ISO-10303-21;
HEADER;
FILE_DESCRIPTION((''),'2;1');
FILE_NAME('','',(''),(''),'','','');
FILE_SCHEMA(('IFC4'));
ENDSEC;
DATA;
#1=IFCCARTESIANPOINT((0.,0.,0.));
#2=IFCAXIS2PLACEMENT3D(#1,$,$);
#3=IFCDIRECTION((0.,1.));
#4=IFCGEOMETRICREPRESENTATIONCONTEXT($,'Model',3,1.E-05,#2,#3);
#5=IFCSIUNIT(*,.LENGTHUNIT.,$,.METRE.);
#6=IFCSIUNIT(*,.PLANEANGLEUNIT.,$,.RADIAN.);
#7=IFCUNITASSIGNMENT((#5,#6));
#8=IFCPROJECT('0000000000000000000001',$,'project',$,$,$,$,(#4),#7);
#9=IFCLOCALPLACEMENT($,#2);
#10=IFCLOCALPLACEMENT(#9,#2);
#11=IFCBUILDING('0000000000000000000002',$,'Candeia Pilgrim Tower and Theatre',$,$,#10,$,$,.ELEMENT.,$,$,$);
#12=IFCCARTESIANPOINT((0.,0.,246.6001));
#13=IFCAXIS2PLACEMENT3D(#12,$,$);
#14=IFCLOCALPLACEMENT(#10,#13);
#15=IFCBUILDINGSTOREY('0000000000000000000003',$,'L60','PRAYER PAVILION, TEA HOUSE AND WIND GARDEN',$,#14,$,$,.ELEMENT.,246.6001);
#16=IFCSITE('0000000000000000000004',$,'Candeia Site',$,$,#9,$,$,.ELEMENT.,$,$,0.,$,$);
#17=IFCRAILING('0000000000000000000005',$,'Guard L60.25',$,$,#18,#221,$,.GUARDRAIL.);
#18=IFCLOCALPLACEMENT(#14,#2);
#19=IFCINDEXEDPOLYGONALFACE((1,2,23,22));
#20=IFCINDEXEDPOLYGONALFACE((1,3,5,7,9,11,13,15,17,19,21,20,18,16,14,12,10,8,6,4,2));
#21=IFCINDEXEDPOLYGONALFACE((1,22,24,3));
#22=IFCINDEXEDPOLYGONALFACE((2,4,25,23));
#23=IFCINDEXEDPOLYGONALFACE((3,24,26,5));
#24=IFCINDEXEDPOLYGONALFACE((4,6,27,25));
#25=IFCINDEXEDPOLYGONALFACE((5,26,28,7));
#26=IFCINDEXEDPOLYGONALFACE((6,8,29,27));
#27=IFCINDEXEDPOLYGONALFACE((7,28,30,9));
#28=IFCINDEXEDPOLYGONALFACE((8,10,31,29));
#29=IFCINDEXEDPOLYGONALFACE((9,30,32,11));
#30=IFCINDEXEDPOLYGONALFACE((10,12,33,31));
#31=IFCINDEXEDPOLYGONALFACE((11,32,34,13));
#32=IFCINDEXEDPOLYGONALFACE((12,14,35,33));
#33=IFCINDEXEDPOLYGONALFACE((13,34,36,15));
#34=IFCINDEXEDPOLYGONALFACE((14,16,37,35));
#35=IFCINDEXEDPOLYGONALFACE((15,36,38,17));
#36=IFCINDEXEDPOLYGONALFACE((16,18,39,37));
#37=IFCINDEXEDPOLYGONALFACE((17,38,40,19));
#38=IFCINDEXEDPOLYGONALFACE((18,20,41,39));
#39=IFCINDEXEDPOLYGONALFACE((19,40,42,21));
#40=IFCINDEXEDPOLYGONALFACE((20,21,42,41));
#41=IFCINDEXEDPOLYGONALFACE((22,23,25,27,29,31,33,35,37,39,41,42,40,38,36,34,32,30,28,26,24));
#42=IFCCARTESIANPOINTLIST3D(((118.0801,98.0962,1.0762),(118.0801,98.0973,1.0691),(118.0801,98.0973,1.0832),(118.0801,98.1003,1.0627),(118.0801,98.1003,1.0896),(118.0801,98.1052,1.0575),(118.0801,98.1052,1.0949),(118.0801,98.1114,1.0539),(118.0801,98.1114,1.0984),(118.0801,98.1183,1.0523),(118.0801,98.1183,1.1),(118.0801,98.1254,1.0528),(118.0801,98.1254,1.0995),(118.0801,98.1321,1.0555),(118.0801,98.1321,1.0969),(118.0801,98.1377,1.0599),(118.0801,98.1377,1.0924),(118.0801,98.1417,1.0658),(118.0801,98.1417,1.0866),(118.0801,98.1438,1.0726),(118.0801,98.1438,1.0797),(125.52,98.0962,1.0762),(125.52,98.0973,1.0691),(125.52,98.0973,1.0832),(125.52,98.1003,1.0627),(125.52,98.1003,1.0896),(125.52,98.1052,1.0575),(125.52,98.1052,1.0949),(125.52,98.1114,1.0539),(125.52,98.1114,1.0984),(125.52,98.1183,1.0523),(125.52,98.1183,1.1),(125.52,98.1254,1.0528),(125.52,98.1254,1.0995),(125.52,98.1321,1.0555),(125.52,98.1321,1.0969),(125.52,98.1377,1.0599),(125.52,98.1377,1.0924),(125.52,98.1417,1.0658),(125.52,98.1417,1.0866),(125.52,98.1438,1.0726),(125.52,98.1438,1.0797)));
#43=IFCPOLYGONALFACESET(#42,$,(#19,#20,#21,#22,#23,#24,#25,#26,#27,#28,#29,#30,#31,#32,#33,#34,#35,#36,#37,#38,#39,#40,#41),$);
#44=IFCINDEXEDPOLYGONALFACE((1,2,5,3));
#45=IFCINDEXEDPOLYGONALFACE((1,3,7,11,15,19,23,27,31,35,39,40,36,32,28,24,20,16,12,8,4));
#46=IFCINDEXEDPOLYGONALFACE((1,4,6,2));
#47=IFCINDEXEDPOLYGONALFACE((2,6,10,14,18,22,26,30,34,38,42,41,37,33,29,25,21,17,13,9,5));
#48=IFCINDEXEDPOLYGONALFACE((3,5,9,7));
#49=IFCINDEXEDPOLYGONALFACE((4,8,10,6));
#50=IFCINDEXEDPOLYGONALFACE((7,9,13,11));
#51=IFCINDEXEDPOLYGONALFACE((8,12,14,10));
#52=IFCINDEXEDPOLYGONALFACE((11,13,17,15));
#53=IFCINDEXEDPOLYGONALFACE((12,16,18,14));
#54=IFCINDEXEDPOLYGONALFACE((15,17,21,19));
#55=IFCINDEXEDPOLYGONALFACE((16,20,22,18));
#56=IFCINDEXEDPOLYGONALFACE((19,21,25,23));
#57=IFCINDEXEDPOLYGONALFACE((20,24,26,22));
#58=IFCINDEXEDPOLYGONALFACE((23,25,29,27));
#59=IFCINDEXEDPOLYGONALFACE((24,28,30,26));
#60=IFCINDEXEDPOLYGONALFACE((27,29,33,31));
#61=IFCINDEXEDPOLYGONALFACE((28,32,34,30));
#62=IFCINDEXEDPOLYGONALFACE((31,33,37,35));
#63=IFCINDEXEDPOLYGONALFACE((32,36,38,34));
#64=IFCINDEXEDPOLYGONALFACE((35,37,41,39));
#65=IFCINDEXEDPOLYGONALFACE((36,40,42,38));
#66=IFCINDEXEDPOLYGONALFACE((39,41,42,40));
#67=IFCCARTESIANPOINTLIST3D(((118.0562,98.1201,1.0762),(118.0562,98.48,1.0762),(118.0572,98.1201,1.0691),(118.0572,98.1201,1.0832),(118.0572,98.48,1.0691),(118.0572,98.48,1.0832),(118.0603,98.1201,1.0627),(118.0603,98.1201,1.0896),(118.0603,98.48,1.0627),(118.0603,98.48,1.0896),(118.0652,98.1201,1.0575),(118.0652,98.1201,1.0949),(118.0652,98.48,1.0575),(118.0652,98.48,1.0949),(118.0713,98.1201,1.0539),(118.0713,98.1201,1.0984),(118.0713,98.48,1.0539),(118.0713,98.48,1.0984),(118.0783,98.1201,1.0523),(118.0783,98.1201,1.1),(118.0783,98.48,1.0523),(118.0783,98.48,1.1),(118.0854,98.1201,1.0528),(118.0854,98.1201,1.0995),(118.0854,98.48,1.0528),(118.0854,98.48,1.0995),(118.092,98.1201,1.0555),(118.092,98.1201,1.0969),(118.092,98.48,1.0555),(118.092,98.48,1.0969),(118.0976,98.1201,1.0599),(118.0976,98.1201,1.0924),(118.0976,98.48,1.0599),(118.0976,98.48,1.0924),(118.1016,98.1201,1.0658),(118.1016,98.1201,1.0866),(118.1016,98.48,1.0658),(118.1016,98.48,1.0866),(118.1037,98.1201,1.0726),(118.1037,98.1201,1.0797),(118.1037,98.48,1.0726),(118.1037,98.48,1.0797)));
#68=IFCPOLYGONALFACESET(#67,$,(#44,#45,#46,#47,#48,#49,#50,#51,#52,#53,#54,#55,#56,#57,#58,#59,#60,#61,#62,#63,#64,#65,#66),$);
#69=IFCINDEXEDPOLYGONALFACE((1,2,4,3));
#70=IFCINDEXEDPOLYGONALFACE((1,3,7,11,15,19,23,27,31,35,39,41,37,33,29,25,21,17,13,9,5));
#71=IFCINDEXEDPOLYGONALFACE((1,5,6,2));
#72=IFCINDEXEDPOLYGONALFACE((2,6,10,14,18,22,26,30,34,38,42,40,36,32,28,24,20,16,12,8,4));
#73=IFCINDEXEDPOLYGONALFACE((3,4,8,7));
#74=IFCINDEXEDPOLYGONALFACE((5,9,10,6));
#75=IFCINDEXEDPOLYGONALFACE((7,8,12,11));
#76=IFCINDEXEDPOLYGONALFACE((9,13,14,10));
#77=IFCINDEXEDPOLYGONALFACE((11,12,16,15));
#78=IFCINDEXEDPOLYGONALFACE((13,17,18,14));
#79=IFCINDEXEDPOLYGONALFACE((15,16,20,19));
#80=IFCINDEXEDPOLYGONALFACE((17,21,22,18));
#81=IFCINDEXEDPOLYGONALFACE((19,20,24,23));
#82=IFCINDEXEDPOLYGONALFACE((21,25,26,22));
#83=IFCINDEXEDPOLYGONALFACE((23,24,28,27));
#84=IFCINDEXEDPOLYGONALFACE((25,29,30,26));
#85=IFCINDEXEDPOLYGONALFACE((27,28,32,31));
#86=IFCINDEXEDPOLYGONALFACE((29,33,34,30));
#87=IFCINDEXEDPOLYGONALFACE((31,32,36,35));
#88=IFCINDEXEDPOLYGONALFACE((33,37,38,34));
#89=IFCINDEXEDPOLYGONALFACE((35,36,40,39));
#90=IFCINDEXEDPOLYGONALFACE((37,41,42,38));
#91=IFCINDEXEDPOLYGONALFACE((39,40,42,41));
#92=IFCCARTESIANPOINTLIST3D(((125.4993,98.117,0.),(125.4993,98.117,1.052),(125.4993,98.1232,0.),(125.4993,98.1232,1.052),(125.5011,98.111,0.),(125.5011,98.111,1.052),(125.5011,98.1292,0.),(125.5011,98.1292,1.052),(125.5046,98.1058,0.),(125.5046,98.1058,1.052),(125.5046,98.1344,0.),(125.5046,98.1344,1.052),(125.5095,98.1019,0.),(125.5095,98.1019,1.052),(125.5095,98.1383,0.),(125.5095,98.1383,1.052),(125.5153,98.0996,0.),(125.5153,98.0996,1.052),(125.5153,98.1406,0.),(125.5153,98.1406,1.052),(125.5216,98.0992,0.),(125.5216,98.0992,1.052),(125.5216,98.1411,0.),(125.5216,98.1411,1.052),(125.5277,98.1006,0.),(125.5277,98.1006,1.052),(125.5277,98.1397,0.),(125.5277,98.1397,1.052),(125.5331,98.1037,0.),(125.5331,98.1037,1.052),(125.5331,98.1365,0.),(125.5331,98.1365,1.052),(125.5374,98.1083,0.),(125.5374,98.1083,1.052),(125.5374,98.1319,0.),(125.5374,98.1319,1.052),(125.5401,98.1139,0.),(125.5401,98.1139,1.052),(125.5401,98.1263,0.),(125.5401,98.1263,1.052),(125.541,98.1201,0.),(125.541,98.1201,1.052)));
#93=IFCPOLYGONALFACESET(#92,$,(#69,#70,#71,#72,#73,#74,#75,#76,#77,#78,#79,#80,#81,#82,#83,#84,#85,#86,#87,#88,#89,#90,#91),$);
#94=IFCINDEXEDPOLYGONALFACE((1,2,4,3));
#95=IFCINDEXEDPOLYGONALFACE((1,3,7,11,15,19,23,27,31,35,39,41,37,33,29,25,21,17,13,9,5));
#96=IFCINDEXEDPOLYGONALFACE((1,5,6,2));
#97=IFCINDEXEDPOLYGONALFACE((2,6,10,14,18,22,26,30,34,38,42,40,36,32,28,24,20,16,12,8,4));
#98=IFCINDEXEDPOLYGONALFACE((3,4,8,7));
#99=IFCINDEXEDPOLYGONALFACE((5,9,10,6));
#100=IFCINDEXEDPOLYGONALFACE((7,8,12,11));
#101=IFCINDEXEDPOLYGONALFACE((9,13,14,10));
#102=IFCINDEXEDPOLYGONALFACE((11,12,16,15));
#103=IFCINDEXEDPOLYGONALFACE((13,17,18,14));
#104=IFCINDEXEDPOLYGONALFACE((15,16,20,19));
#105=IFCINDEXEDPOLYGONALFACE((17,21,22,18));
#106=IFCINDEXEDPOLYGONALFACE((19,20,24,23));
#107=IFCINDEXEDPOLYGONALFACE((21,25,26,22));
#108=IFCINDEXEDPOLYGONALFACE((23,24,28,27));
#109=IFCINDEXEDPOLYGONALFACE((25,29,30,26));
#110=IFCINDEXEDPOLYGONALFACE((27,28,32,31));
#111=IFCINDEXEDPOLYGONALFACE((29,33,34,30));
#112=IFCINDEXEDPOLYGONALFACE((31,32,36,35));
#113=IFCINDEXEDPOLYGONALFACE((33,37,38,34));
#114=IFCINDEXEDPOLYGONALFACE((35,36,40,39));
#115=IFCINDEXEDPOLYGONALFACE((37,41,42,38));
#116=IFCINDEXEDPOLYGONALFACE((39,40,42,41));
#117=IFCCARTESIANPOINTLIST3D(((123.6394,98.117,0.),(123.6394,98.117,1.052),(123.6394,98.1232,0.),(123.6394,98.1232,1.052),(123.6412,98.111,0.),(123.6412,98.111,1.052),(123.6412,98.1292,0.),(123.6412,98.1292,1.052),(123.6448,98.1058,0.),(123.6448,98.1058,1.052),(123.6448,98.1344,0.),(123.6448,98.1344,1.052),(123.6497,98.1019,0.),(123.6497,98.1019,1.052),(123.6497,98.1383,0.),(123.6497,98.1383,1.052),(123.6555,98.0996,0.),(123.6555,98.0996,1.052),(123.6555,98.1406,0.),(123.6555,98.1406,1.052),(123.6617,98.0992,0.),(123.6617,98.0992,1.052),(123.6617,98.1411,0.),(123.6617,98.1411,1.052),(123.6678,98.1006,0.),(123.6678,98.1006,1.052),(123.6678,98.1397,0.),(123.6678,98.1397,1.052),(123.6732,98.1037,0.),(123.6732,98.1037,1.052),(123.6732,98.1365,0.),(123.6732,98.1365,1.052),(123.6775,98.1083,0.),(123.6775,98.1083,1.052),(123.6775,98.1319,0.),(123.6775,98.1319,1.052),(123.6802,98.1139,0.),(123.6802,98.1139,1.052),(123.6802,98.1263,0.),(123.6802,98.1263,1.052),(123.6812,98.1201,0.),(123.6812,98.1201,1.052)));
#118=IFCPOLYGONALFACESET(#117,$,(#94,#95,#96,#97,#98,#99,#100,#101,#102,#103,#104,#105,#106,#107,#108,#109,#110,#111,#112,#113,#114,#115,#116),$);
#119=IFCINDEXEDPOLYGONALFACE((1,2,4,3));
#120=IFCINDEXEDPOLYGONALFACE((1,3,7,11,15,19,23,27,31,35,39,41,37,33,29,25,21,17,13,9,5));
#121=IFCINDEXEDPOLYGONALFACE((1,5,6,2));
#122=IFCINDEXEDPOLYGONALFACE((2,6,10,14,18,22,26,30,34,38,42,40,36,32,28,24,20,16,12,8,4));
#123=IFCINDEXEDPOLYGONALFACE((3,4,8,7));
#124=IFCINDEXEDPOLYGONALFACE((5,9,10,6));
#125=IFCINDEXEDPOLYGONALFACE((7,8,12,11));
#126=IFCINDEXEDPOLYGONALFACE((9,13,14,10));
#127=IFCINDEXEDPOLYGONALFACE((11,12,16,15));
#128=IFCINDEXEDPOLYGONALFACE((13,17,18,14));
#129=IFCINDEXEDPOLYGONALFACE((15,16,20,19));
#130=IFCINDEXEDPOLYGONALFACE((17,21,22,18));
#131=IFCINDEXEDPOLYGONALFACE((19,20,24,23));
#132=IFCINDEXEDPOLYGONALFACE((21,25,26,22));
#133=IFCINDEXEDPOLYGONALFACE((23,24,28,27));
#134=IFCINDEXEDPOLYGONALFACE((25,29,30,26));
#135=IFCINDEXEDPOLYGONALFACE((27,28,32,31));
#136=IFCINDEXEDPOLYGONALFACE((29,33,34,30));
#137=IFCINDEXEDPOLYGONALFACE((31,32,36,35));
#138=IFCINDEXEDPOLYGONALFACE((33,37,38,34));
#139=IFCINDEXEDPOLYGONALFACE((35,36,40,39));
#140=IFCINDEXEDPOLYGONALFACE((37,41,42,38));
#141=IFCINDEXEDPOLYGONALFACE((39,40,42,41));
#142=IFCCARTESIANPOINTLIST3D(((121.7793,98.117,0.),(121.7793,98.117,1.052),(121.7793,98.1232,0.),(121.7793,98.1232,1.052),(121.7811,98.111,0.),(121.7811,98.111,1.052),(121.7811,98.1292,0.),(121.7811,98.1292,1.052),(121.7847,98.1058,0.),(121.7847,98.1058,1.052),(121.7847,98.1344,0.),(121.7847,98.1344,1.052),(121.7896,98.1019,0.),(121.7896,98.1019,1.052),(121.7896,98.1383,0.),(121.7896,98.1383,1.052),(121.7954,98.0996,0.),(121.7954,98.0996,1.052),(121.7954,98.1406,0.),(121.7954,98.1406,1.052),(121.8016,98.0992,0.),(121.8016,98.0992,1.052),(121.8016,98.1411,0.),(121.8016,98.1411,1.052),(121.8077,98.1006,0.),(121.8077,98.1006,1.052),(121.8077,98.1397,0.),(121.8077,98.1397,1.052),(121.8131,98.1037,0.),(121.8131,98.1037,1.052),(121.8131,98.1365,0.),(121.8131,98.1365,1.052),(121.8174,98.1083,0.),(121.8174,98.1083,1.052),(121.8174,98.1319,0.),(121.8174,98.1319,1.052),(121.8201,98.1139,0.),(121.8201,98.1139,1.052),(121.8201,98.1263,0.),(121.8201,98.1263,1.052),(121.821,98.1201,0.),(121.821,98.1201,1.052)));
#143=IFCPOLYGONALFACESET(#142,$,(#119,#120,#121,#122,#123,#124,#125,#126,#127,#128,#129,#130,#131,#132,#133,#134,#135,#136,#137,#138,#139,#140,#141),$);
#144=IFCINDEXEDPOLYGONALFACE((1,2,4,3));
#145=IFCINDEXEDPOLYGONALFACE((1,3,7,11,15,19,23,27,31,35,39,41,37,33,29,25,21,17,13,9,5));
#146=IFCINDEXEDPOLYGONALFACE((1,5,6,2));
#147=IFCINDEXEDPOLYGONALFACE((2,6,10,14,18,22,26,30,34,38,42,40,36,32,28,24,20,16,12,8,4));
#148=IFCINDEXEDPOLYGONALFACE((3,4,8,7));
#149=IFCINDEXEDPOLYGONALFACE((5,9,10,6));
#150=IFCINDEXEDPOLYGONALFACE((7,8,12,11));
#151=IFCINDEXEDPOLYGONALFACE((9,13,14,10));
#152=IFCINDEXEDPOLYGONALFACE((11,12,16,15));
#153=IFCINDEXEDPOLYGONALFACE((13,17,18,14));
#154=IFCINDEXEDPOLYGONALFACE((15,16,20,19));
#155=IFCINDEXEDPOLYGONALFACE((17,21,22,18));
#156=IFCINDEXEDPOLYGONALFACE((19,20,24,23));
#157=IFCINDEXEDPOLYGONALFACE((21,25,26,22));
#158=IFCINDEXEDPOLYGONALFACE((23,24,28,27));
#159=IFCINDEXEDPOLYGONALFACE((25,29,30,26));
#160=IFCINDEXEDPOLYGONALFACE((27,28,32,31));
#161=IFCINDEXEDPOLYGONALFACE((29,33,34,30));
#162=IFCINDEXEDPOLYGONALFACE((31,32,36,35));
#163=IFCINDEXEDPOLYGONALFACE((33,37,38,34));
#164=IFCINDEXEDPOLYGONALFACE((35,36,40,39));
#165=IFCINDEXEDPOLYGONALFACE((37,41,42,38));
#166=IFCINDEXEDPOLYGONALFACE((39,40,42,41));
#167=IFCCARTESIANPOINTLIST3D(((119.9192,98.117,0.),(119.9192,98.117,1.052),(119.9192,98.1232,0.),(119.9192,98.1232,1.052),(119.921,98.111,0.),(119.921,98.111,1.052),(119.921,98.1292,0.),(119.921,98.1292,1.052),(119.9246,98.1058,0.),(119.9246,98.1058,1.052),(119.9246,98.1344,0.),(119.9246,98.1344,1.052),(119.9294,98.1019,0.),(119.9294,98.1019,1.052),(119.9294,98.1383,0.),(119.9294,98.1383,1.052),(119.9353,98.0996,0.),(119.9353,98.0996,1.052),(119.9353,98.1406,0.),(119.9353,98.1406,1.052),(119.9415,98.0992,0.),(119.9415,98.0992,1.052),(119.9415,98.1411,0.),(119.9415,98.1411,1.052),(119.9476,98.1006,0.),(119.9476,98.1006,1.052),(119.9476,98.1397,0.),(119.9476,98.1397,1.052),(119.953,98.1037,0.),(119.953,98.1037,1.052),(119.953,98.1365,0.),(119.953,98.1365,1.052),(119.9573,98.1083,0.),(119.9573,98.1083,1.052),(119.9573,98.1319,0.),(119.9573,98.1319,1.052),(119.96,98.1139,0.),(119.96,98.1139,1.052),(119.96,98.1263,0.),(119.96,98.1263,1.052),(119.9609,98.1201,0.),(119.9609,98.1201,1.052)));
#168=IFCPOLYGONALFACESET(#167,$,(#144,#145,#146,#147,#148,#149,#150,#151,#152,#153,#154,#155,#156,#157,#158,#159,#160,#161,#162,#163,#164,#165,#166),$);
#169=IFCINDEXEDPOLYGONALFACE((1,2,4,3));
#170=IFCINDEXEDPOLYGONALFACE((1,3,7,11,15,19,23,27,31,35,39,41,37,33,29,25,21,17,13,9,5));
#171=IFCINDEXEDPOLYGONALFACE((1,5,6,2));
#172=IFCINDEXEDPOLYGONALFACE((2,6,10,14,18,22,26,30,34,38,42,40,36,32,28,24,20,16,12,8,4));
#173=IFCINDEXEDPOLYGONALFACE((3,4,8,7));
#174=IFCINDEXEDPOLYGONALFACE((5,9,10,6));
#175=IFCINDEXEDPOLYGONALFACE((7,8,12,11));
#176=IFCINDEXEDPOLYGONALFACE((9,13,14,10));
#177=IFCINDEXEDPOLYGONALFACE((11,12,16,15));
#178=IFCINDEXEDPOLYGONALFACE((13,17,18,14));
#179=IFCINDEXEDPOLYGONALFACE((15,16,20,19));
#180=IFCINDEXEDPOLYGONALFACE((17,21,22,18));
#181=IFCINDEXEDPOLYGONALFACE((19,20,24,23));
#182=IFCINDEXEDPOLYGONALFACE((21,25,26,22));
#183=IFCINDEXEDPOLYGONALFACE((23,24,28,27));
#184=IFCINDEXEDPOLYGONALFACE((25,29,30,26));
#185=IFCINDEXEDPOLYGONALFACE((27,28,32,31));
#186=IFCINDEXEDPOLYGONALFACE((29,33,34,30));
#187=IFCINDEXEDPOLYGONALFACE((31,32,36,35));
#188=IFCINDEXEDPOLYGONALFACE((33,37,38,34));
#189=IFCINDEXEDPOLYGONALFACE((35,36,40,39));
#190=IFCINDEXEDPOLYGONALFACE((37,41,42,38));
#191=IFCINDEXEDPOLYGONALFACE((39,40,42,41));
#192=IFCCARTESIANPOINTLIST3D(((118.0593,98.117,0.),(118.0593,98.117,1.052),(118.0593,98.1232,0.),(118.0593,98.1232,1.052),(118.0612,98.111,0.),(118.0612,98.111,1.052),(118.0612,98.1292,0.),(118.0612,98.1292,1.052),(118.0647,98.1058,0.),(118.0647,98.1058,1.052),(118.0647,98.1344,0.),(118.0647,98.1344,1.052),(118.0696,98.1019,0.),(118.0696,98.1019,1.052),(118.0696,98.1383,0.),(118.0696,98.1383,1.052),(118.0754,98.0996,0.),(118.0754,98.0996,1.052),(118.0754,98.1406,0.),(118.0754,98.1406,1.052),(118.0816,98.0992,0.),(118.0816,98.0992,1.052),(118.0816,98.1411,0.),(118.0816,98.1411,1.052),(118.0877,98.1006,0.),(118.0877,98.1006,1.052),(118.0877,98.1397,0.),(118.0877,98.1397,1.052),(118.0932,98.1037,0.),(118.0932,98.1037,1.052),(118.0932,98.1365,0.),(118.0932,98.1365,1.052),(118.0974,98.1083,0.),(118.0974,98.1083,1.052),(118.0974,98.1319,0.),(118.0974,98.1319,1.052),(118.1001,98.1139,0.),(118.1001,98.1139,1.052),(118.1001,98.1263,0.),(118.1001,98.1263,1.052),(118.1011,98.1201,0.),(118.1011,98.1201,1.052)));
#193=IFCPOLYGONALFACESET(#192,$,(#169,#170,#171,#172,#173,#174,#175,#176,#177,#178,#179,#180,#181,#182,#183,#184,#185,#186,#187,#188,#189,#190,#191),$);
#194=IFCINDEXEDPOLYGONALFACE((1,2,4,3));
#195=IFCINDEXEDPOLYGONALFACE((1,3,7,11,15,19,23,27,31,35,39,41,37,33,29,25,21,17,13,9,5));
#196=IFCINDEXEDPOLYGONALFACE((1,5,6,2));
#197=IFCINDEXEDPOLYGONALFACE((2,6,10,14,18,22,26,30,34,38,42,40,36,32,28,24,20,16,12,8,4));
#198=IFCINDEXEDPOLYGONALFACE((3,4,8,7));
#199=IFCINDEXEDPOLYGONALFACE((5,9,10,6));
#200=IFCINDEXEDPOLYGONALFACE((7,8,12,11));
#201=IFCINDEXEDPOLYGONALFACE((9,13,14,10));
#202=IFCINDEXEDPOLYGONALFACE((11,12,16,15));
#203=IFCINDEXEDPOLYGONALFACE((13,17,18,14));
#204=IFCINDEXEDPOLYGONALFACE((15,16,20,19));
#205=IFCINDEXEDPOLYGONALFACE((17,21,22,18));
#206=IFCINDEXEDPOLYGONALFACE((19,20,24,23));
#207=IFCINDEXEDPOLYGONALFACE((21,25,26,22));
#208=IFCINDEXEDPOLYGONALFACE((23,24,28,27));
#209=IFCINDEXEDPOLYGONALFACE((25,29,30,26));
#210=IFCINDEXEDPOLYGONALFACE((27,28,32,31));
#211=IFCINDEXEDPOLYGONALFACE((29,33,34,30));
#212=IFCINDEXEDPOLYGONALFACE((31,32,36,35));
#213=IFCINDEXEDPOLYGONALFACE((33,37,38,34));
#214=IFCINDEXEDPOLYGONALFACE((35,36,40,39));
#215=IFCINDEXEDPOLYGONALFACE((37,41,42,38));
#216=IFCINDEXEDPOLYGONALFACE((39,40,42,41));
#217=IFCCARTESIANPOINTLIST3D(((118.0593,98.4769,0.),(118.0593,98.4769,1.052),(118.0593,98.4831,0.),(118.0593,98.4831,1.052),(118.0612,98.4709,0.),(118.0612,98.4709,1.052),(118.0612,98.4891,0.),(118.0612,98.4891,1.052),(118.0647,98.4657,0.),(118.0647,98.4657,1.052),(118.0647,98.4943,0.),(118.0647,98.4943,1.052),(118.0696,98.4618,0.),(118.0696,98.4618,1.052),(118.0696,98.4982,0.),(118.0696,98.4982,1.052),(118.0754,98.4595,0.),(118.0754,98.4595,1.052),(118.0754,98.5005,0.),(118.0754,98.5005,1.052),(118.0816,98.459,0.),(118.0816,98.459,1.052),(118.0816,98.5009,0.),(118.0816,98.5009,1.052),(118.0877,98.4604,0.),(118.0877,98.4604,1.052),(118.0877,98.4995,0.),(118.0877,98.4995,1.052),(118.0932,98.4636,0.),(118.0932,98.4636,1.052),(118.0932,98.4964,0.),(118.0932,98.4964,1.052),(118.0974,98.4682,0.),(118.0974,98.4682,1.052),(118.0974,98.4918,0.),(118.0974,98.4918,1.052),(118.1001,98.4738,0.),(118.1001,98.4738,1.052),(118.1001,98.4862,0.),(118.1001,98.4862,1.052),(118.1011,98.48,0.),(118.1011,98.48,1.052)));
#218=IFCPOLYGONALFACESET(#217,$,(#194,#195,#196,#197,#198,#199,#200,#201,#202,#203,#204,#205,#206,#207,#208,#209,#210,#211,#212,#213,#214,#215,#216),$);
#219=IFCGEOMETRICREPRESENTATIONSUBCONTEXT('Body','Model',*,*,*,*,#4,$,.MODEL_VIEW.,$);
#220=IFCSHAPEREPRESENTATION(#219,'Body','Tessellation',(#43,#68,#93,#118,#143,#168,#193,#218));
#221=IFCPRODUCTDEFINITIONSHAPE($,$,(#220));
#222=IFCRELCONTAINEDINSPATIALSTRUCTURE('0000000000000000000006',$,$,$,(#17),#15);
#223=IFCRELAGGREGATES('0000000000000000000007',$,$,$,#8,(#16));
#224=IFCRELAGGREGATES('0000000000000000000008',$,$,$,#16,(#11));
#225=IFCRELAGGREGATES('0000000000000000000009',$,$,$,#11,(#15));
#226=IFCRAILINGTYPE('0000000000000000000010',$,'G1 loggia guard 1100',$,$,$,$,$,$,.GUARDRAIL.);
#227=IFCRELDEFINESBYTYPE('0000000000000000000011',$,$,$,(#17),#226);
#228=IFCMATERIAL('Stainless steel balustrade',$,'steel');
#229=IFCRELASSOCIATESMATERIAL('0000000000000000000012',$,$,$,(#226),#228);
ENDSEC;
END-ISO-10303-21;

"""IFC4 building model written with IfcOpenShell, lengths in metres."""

from ifc_helpers import new_model, si_unit, direction, frame, origin, origin_2d, place, context, subcontext, project, spatial, circle, extrude, material, type_object, element, save


model = new_model("IFC4")

# Units and contexts
model_context = context("Model", 3, precision=1e-05, world=origin(), true_north=direction((0.0, 1.0)))
body_context = subcontext(model_context, "Body", "Model", "MODEL_VIEW")
ifc_project = project(units=[si_unit("LENGTHUNIT", "METRE"), si_unit("PLANEANGLEUNIT", "RADIAN")], contexts=[model_context])

# Site, building, storey
site_placement = place(None, origin())
site = spatial("IfcSite", under=ifc_project, at=site_placement, Name="Candeia Site", CompositionType="ELEMENT", RefElevation=0.0)
building_placement = place(site_placement, origin())
building = spatial("IfcBuilding", under=site, at=building_placement, Name="Candeia Pilgrim Tower and Theatre", CompositionType="ELEMENT")
storey_placement = place(building_placement, frame((0.0, 0.0, 246.6001)))
storey = spatial("IfcBuildingStorey", under=building, at=storey_placement, Name="L60", Description="PRAYER PAVILION, TEA HOUSE AND WIND GARDEN", CompositionType="ELEMENT", Elevation=246.6001)

# Railing
ifc_material_1 = material(Name="Stainless steel balustrade", Category="steel")
railing_type = type_object("IfcRailingType", Name="G1 loggia guard 1100", PredefinedType="GUARDRAIL", material=ifc_material_1)
railing_1_placement = place(storey_placement, frame((125.52, 98.1201, 0.0)))
element("IfcRailing", 1, at=railing_1_placement, inside=storey, type_object=railing_type, Name="Guard L60.25", PredefinedType="GUARDRAIL", context=body_context, shape_type="SweptSolid", body=[
    extrude(circle(Radius=0.0239, at=origin_2d()), frame((0.0, 0.0, 1.0762), z_axis=(-1.0, 0.0, 0.0), x_axis=(0.0, -1.0, 0.0)), (0.0, 0.0, 1.0), 7.4399),
    extrude(circle(Radius=0.0239, at=origin_2d()), frame((-7.4399, 0.0, 1.0762), z_axis=(0.0, 1.0, 0.0), x_axis=(-1.0, 0.0, 0.0)), (0.0, 0.0, 1.0), 0.3599),
    extrude(circle(Radius=0.021, at=origin_2d()), origin(), (0.0, 0.0, 1.0), 1.052),
    extrude(circle(Radius=0.021, at=origin_2d()), frame((-1.8599, 0.0, 0.0)), (0.0, 0.0, 1.0), 1.052),
    extrude(circle(Radius=0.021, at=origin_2d()), frame((-3.72, 0.0, 0.0)), (0.0, 0.0, 1.0), 1.052),
    extrude(circle(Radius=0.021, at=origin_2d()), frame((-5.5801, 0.0, 0.0)), (0.0, 0.0, 1.0), 1.052),
    extrude(circle(Radius=0.021, at=origin_2d()), frame((-7.4399, 0.0, 0.0)), (0.0, 0.0, 1.0), 1.052),
    extrude(circle(Radius=0.021, at=origin_2d()), frame((-7.4399, 0.3599, 0.0)), (0.0, 0.0, 1.0), 1.052),
])

save(model, "model.ifc")
